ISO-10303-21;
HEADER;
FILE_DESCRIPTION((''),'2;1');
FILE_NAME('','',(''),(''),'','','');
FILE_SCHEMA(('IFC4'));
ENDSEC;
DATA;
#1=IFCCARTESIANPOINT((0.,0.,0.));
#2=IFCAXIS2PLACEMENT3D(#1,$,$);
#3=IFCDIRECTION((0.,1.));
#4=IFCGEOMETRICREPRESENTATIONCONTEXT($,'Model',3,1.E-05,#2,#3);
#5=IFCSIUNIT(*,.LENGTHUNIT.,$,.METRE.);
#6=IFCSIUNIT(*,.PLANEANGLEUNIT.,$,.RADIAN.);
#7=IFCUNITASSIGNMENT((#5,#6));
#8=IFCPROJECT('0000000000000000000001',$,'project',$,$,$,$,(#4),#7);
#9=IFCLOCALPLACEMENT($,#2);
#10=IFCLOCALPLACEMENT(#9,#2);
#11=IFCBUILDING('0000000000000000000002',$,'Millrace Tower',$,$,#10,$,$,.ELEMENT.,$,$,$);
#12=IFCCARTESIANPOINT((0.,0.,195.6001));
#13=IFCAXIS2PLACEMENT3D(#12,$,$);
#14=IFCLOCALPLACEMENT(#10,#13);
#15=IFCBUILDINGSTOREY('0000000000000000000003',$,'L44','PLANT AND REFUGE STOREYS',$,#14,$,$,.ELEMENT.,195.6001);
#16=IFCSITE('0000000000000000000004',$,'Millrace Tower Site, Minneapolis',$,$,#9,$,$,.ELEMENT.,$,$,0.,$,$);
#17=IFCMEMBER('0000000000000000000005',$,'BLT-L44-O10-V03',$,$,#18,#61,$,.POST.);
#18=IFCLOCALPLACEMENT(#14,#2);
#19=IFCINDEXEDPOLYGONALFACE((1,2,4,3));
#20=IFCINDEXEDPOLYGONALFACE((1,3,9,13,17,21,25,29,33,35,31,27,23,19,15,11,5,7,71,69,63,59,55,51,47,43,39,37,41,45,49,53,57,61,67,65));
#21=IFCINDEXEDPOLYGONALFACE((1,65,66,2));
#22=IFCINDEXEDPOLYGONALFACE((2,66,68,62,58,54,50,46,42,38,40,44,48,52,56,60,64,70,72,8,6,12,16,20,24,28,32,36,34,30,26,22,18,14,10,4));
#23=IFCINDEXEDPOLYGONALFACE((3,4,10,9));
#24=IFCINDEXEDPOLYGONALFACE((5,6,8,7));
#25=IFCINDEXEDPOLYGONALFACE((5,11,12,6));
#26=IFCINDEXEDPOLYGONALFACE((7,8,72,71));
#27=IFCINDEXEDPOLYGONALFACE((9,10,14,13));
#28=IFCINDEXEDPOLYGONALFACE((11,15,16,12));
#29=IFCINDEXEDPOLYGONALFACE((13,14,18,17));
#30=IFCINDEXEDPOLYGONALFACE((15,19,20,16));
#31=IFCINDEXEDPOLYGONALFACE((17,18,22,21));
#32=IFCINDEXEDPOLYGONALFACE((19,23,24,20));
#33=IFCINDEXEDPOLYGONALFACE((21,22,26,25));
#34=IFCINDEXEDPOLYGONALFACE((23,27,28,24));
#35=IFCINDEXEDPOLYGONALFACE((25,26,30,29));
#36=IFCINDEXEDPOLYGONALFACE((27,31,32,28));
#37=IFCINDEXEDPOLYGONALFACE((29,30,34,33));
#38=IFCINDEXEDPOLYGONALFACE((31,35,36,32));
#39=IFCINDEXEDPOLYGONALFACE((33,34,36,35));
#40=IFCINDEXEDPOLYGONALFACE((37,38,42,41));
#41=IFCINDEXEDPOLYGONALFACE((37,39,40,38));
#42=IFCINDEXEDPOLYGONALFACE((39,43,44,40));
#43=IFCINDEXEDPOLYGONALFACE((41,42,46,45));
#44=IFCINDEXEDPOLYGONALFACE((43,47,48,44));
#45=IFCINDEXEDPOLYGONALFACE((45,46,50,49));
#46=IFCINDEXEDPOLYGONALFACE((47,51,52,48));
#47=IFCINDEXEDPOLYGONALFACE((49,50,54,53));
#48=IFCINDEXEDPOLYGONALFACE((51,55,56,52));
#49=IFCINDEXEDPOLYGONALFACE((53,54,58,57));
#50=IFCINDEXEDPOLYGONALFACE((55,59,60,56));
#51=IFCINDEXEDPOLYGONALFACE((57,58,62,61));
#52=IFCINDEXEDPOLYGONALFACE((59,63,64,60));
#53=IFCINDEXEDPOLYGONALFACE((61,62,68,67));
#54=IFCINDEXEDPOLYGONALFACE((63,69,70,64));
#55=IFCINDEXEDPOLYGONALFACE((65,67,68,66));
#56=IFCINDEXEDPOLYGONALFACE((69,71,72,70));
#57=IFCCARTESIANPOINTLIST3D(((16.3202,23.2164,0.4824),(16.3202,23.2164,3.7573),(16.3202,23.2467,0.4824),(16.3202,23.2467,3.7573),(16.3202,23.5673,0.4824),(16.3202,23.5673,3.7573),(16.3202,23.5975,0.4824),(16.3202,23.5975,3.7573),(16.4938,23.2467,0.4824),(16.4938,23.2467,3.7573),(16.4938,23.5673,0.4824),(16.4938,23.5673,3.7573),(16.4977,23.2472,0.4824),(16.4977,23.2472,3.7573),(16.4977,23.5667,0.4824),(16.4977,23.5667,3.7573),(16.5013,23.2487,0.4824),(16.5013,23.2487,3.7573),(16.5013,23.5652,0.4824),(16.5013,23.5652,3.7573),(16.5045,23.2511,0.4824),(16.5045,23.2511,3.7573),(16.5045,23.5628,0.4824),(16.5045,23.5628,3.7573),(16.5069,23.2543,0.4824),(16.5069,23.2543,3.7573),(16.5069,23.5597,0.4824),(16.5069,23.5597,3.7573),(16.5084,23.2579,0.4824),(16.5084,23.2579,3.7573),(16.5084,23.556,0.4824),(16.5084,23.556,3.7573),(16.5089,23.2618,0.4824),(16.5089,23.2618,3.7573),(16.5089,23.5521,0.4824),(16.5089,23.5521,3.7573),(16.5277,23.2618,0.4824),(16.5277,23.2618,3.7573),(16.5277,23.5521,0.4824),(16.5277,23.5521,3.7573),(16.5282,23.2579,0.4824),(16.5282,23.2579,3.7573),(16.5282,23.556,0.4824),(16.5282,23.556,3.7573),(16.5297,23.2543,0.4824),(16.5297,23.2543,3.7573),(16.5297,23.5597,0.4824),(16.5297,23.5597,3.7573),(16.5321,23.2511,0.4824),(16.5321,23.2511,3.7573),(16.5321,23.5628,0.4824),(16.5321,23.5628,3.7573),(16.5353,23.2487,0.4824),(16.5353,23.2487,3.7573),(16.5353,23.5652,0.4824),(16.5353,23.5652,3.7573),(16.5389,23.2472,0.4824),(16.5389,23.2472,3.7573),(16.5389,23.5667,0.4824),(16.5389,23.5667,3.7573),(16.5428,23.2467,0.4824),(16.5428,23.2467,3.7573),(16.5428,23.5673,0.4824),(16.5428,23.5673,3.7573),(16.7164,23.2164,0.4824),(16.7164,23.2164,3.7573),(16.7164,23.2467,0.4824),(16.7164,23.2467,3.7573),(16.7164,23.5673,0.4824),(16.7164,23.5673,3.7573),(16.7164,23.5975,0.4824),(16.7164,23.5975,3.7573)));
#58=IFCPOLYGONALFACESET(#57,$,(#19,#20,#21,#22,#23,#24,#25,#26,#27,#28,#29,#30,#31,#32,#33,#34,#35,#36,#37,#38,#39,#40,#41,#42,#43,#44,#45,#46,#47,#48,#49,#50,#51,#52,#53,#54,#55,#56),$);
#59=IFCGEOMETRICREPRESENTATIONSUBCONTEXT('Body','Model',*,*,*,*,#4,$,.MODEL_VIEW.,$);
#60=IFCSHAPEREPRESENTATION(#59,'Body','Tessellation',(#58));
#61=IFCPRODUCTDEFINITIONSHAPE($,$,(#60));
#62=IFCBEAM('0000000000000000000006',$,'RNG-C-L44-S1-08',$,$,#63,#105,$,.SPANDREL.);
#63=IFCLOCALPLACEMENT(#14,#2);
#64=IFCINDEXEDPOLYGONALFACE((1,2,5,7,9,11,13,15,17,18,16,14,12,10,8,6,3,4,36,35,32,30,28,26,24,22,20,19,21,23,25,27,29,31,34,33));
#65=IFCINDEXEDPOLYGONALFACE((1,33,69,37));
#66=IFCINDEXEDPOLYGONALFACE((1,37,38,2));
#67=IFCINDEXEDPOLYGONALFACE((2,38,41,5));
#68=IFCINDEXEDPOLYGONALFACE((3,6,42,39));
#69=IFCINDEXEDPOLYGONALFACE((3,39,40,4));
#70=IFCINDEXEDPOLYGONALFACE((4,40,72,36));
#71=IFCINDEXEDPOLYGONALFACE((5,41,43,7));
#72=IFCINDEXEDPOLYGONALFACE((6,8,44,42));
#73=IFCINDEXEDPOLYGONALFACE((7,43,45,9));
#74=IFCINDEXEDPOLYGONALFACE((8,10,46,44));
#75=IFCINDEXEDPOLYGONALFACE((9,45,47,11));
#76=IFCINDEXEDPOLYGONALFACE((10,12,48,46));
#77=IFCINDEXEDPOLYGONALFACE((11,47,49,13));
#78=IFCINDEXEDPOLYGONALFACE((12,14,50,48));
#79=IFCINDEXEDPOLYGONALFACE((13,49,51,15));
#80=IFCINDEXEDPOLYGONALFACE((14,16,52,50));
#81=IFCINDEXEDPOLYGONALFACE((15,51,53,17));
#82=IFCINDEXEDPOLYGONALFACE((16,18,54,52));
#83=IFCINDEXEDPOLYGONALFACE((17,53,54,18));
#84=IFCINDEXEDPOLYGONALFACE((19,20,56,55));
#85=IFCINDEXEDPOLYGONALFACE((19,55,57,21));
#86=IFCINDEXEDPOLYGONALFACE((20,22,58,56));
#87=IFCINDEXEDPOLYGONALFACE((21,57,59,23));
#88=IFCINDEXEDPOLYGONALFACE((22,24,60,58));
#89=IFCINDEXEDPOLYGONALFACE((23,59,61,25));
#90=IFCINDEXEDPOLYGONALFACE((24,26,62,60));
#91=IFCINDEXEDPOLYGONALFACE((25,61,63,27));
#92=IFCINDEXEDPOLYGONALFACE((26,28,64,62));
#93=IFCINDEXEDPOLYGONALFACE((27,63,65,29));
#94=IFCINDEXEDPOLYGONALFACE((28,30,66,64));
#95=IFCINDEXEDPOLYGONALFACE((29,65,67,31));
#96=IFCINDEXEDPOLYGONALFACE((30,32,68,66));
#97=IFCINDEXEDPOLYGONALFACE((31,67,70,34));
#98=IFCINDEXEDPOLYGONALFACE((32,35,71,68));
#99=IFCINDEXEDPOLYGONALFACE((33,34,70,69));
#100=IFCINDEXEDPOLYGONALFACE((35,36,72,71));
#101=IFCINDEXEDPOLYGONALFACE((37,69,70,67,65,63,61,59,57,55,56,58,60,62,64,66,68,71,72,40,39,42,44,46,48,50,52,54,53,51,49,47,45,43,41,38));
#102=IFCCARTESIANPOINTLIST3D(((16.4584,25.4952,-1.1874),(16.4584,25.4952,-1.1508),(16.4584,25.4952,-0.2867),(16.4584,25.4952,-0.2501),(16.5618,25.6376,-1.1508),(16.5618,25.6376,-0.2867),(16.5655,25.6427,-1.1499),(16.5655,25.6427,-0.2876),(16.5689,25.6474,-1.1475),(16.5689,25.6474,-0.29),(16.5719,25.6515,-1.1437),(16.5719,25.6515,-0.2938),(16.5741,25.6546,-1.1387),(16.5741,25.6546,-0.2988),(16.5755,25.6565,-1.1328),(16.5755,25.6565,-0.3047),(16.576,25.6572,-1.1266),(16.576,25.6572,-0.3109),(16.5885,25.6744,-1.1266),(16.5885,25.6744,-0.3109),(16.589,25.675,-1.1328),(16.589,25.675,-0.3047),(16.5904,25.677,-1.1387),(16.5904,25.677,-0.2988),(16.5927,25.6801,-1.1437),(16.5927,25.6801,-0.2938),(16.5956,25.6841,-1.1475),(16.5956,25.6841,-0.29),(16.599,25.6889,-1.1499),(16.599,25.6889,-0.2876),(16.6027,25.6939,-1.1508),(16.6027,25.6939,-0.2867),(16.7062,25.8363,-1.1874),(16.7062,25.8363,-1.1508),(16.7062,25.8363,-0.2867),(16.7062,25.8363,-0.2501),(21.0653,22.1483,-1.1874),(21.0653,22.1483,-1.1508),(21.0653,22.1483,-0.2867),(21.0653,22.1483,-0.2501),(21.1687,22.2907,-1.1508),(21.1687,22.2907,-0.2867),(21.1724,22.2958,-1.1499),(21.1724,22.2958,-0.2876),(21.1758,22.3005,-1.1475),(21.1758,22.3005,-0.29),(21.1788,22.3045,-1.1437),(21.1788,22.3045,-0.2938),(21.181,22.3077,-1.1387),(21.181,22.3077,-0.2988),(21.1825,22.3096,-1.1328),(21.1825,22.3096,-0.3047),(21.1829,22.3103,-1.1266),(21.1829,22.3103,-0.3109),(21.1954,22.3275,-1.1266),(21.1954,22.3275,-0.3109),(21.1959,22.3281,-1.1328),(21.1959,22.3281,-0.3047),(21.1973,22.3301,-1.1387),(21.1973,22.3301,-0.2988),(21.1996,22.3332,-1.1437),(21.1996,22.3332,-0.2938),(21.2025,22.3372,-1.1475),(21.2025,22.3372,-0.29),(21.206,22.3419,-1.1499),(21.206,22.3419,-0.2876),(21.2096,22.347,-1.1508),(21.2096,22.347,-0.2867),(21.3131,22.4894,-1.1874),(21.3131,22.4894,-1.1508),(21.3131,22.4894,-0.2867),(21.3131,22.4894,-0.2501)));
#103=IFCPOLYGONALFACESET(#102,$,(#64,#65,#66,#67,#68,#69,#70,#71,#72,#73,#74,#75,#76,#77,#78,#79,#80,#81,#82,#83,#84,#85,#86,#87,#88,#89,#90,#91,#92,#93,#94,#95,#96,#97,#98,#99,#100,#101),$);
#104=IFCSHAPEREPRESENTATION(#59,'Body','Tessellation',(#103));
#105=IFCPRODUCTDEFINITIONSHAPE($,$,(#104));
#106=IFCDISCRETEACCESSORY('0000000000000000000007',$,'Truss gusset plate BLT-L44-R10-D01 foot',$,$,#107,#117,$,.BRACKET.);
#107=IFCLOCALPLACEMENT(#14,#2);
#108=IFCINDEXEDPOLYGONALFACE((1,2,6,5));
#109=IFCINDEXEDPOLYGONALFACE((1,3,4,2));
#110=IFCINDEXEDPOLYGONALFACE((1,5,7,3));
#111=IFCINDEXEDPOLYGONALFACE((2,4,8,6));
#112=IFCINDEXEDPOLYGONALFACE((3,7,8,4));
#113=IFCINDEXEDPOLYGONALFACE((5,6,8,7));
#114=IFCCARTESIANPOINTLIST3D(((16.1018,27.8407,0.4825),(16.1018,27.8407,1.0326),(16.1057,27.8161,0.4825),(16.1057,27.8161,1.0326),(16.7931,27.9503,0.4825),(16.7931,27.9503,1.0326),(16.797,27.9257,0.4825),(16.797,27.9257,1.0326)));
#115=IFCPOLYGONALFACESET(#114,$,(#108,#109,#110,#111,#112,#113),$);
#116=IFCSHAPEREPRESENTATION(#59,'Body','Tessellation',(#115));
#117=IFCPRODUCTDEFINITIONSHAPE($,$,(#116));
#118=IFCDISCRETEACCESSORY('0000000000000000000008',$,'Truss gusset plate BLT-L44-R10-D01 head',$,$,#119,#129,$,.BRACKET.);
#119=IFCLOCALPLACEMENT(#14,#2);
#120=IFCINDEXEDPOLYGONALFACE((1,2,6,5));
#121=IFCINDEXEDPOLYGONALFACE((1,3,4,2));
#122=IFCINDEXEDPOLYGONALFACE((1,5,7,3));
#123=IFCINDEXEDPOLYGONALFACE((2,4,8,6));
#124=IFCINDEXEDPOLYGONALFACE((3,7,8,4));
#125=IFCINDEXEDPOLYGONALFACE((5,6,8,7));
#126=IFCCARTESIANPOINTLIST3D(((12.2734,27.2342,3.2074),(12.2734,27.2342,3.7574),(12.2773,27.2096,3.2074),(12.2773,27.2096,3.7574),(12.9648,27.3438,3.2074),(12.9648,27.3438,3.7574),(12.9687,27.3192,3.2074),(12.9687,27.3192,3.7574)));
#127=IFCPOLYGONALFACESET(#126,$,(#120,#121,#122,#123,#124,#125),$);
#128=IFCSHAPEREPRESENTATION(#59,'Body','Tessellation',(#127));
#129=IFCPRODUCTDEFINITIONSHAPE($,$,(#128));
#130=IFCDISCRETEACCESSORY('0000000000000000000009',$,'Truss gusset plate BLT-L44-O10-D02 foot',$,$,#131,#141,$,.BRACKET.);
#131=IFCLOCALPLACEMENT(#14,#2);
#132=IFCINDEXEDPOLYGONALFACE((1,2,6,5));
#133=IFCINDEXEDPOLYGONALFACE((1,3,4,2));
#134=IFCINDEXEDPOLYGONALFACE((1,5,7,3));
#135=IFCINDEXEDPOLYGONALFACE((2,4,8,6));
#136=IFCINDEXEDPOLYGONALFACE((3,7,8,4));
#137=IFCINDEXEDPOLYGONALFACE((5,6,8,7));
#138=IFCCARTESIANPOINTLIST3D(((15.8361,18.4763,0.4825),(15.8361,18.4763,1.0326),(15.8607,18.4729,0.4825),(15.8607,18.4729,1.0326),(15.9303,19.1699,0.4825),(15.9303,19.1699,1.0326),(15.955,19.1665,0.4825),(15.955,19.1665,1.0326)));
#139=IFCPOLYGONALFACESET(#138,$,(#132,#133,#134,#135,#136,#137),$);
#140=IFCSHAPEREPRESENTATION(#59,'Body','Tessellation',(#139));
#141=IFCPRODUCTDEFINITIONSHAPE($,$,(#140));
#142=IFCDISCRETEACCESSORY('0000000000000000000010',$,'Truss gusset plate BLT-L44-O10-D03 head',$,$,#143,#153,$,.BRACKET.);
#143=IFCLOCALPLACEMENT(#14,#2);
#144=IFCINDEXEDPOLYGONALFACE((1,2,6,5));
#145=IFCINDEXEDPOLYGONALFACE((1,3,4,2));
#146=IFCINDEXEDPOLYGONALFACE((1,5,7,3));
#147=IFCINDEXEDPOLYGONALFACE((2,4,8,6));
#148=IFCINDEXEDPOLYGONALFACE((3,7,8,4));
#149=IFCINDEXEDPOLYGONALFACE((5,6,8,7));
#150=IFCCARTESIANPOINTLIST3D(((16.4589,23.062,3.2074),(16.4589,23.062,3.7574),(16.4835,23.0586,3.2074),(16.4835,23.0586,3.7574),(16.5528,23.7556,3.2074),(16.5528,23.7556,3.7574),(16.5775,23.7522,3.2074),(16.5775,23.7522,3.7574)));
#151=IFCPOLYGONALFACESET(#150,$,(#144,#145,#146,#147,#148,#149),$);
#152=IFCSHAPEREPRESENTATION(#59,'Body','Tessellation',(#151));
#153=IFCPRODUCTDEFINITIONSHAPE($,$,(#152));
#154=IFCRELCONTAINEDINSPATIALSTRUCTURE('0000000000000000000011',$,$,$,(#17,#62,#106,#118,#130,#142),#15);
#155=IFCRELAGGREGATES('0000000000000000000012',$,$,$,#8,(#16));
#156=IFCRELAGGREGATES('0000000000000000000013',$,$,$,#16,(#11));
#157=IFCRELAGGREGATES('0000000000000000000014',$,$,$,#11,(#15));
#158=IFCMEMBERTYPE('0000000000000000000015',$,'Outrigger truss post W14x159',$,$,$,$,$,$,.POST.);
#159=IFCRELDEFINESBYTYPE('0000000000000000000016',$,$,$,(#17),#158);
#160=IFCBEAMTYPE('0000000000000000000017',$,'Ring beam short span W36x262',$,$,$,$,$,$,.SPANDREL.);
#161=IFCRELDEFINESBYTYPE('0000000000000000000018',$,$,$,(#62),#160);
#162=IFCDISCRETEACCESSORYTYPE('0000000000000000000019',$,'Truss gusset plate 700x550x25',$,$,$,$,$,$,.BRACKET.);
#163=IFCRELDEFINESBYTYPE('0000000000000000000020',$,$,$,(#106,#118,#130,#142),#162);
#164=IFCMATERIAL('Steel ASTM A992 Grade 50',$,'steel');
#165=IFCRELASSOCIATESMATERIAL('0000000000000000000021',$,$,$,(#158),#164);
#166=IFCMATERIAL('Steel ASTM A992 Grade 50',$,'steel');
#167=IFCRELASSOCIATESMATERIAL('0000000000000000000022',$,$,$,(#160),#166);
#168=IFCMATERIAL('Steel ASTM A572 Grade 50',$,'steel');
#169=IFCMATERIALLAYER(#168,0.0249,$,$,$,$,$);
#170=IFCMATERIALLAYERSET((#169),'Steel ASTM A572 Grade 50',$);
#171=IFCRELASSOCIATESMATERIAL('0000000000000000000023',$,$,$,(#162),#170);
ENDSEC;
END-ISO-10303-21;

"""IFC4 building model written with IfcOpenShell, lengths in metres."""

from ifc_helpers import new_model, si_unit, direction, frame, origin, origin_2d, place, context, subcontext, project, spatial, rectangle, i_section, extrude, material, layer, layer_set, material_profile, profile_set, type_object, element, save


model = new_model("IFC4")

# Units and contexts
model_context = context("Model", 3, precision=1e-05, world=origin(), true_north=direction((0.0, 1.0)))
body_context = subcontext(model_context, "Body", "Model", "MODEL_VIEW")
ifc_project = project(units=[si_unit("LENGTHUNIT", "METRE"), si_unit("PLANEANGLEUNIT", "RADIAN")], contexts=[model_context])

# Site, building, storey
site_placement = place(None, origin())
site = spatial("IfcSite", under=ifc_project, at=site_placement, Name="Millrace Tower Site, Minneapolis", CompositionType="ELEMENT", RefElevation=0.0)
building_placement = place(site_placement, origin())
building = spatial("IfcBuilding", under=site, at=building_placement, Name="Millrace Tower", CompositionType="ELEMENT")
storey_placement = place(building_placement, frame((0.0, 0.0, 195.6001)))
storey = spatial("IfcBuildingStorey", under=building, at=storey_placement, Name="L44", Description="PLANT AND REFUGE STOREYS", CompositionType="ELEMENT", Elevation=195.6001)

# Member
ifc_material_1 = material(Name="Steel ASTM A992 Grade 50", Category="steel")
ifc_material_profile_1 = material_profile(ifc_material_1, i_section(OverallWidth=0.3962, OverallDepth=0.3811, WebThickness=0.0188, FlangeThickness=0.0303, FilletRadius=0.0151, at=origin_2d()))
ifc_profile_set_1 = profile_set([ifc_material_profile_1], Name="Steel ASTM A992 Grade 50")
member_type_1 = type_object("IfcMemberType", Name="Outrigger truss post W14x159", PredefinedType="POST", material=ifc_profile_set_1)
for number, where, z_axis, x_axis, name in (
    (1, (16.5183, 23.407, 0.4824), (0.0, 0.0, 1.0), (1.0, 0.0, 0.0), "BLT-L44-O10-V03"),
):
    element("IfcMember", number, at=place(storey_placement, frame(where, z_axis=z_axis, x_axis=x_axis)), inside=storey, type_object=member_type_1, Name=name, PredefinedType="POST", context=body_context, shape_type="SweptSolid", body=[
        extrude(i_section(OverallWidth=0.3962, OverallDepth=0.3811, WebThickness=0.0188, FlangeThickness=0.0303, FilletRadius=0.0151, at=origin_2d()), origin(), (0.0, 0.0, 1.0), 3.2749),
    ])

# Beam
ifc_material_2 = material(Name="Steel ASTM A992 Grade 50", Category="steel")
ifc_material_profile_2 = material_profile(ifc_material_2, i_section(OverallWidth=0.4216, OverallDepth=0.9373, WebThickness=0.0212, FlangeThickness=0.0366, FilletRadius=0.0242, at=origin_2d()))
ifc_profile_set_2 = profile_set([ifc_material_profile_2], Name="Steel ASTM A992 Grade 50")
beam_type_1 = type_object("IfcBeamType", Name="Ring beam short span W36x262", PredefinedType="SPANDREL", material=ifc_profile_set_2)
beam_1_placement = place(storey_placement, frame((16.5823, 25.6658, -0.7188), z_axis=(0.809034, -0.587761, 0.0), x_axis=(0.587761, 0.809034, 0.0)))
element("IfcBeam", 2, at=beam_1_placement, inside=storey, type_object=beam_type_1, Name="RNG-C-L44-S1-08", PredefinedType="SPANDREL", context=body_context, shape_type="SweptSolid", body=[
    extrude(i_section(OverallWidth=0.4216, OverallDepth=0.9373, WebThickness=0.0212, FlangeThickness=0.0366, FilletRadius=0.0242, at=origin_2d()), origin(), (0.0, 0.0, 1.0), 5.6943),
])

# Discrete accessories
ifc_material_3 = material(Name="Steel ASTM A572 Grade 50", Category="steel")
ifc_layer_1 = layer(ifc_material_3, 0.0249)
ifc_layer_set_1 = layer_set([ifc_layer_1], Name="Steel ASTM A572 Grade 50")
discrete_accessory_type = type_object("IfcDiscreteAccessoryType", Name="Truss gusset plate 700x550x25", PredefinedType="BRACKET", material=ifc_layer_set_1)
for number, where, z_axis, x_axis, name in (
    (3, (16.1038, 27.8284, 0.7576), (0.987664, 0.156589, 0.0), (-0.156589, 0.987664, 0.0), "Truss gusset plate BLT-L44-R10-D01 foot"),
    (4, (12.2754, 27.2219, 3.4824), (0.987664, 0.156589, 0.0), (-0.156589, 0.987664, 0.0), "Truss gusset plate BLT-L44-R10-D01 head"),
    (5, (15.8484, 18.4746, 0.7576), (0.134631, 0.990896, 0.0), (-0.990896, 0.134631, 0.0), "Truss gusset plate BLT-L44-O10-D02 foot"),
    (6, (16.4712, 23.0603, 3.4824), (0.134288, 0.990942, 0.0), (-0.990942, 0.134288, 0.0), "Truss gusset plate BLT-L44-O10-D03 head"),
):
    element("IfcDiscreteAccessory", number, at=place(storey_placement, frame(where, z_axis=z_axis, x_axis=x_axis)), inside=storey, type_object=discrete_accessory_type, Name=name, PredefinedType="BRACKET", context=body_context, shape_type="SweptSolid", body=[
        extrude(rectangle(XDim=0.0249, YDim=0.55, at=origin_2d()), origin(), (0.0, 0.0, 1.0), 0.7),
    ])

save(model, "model.ifc")
